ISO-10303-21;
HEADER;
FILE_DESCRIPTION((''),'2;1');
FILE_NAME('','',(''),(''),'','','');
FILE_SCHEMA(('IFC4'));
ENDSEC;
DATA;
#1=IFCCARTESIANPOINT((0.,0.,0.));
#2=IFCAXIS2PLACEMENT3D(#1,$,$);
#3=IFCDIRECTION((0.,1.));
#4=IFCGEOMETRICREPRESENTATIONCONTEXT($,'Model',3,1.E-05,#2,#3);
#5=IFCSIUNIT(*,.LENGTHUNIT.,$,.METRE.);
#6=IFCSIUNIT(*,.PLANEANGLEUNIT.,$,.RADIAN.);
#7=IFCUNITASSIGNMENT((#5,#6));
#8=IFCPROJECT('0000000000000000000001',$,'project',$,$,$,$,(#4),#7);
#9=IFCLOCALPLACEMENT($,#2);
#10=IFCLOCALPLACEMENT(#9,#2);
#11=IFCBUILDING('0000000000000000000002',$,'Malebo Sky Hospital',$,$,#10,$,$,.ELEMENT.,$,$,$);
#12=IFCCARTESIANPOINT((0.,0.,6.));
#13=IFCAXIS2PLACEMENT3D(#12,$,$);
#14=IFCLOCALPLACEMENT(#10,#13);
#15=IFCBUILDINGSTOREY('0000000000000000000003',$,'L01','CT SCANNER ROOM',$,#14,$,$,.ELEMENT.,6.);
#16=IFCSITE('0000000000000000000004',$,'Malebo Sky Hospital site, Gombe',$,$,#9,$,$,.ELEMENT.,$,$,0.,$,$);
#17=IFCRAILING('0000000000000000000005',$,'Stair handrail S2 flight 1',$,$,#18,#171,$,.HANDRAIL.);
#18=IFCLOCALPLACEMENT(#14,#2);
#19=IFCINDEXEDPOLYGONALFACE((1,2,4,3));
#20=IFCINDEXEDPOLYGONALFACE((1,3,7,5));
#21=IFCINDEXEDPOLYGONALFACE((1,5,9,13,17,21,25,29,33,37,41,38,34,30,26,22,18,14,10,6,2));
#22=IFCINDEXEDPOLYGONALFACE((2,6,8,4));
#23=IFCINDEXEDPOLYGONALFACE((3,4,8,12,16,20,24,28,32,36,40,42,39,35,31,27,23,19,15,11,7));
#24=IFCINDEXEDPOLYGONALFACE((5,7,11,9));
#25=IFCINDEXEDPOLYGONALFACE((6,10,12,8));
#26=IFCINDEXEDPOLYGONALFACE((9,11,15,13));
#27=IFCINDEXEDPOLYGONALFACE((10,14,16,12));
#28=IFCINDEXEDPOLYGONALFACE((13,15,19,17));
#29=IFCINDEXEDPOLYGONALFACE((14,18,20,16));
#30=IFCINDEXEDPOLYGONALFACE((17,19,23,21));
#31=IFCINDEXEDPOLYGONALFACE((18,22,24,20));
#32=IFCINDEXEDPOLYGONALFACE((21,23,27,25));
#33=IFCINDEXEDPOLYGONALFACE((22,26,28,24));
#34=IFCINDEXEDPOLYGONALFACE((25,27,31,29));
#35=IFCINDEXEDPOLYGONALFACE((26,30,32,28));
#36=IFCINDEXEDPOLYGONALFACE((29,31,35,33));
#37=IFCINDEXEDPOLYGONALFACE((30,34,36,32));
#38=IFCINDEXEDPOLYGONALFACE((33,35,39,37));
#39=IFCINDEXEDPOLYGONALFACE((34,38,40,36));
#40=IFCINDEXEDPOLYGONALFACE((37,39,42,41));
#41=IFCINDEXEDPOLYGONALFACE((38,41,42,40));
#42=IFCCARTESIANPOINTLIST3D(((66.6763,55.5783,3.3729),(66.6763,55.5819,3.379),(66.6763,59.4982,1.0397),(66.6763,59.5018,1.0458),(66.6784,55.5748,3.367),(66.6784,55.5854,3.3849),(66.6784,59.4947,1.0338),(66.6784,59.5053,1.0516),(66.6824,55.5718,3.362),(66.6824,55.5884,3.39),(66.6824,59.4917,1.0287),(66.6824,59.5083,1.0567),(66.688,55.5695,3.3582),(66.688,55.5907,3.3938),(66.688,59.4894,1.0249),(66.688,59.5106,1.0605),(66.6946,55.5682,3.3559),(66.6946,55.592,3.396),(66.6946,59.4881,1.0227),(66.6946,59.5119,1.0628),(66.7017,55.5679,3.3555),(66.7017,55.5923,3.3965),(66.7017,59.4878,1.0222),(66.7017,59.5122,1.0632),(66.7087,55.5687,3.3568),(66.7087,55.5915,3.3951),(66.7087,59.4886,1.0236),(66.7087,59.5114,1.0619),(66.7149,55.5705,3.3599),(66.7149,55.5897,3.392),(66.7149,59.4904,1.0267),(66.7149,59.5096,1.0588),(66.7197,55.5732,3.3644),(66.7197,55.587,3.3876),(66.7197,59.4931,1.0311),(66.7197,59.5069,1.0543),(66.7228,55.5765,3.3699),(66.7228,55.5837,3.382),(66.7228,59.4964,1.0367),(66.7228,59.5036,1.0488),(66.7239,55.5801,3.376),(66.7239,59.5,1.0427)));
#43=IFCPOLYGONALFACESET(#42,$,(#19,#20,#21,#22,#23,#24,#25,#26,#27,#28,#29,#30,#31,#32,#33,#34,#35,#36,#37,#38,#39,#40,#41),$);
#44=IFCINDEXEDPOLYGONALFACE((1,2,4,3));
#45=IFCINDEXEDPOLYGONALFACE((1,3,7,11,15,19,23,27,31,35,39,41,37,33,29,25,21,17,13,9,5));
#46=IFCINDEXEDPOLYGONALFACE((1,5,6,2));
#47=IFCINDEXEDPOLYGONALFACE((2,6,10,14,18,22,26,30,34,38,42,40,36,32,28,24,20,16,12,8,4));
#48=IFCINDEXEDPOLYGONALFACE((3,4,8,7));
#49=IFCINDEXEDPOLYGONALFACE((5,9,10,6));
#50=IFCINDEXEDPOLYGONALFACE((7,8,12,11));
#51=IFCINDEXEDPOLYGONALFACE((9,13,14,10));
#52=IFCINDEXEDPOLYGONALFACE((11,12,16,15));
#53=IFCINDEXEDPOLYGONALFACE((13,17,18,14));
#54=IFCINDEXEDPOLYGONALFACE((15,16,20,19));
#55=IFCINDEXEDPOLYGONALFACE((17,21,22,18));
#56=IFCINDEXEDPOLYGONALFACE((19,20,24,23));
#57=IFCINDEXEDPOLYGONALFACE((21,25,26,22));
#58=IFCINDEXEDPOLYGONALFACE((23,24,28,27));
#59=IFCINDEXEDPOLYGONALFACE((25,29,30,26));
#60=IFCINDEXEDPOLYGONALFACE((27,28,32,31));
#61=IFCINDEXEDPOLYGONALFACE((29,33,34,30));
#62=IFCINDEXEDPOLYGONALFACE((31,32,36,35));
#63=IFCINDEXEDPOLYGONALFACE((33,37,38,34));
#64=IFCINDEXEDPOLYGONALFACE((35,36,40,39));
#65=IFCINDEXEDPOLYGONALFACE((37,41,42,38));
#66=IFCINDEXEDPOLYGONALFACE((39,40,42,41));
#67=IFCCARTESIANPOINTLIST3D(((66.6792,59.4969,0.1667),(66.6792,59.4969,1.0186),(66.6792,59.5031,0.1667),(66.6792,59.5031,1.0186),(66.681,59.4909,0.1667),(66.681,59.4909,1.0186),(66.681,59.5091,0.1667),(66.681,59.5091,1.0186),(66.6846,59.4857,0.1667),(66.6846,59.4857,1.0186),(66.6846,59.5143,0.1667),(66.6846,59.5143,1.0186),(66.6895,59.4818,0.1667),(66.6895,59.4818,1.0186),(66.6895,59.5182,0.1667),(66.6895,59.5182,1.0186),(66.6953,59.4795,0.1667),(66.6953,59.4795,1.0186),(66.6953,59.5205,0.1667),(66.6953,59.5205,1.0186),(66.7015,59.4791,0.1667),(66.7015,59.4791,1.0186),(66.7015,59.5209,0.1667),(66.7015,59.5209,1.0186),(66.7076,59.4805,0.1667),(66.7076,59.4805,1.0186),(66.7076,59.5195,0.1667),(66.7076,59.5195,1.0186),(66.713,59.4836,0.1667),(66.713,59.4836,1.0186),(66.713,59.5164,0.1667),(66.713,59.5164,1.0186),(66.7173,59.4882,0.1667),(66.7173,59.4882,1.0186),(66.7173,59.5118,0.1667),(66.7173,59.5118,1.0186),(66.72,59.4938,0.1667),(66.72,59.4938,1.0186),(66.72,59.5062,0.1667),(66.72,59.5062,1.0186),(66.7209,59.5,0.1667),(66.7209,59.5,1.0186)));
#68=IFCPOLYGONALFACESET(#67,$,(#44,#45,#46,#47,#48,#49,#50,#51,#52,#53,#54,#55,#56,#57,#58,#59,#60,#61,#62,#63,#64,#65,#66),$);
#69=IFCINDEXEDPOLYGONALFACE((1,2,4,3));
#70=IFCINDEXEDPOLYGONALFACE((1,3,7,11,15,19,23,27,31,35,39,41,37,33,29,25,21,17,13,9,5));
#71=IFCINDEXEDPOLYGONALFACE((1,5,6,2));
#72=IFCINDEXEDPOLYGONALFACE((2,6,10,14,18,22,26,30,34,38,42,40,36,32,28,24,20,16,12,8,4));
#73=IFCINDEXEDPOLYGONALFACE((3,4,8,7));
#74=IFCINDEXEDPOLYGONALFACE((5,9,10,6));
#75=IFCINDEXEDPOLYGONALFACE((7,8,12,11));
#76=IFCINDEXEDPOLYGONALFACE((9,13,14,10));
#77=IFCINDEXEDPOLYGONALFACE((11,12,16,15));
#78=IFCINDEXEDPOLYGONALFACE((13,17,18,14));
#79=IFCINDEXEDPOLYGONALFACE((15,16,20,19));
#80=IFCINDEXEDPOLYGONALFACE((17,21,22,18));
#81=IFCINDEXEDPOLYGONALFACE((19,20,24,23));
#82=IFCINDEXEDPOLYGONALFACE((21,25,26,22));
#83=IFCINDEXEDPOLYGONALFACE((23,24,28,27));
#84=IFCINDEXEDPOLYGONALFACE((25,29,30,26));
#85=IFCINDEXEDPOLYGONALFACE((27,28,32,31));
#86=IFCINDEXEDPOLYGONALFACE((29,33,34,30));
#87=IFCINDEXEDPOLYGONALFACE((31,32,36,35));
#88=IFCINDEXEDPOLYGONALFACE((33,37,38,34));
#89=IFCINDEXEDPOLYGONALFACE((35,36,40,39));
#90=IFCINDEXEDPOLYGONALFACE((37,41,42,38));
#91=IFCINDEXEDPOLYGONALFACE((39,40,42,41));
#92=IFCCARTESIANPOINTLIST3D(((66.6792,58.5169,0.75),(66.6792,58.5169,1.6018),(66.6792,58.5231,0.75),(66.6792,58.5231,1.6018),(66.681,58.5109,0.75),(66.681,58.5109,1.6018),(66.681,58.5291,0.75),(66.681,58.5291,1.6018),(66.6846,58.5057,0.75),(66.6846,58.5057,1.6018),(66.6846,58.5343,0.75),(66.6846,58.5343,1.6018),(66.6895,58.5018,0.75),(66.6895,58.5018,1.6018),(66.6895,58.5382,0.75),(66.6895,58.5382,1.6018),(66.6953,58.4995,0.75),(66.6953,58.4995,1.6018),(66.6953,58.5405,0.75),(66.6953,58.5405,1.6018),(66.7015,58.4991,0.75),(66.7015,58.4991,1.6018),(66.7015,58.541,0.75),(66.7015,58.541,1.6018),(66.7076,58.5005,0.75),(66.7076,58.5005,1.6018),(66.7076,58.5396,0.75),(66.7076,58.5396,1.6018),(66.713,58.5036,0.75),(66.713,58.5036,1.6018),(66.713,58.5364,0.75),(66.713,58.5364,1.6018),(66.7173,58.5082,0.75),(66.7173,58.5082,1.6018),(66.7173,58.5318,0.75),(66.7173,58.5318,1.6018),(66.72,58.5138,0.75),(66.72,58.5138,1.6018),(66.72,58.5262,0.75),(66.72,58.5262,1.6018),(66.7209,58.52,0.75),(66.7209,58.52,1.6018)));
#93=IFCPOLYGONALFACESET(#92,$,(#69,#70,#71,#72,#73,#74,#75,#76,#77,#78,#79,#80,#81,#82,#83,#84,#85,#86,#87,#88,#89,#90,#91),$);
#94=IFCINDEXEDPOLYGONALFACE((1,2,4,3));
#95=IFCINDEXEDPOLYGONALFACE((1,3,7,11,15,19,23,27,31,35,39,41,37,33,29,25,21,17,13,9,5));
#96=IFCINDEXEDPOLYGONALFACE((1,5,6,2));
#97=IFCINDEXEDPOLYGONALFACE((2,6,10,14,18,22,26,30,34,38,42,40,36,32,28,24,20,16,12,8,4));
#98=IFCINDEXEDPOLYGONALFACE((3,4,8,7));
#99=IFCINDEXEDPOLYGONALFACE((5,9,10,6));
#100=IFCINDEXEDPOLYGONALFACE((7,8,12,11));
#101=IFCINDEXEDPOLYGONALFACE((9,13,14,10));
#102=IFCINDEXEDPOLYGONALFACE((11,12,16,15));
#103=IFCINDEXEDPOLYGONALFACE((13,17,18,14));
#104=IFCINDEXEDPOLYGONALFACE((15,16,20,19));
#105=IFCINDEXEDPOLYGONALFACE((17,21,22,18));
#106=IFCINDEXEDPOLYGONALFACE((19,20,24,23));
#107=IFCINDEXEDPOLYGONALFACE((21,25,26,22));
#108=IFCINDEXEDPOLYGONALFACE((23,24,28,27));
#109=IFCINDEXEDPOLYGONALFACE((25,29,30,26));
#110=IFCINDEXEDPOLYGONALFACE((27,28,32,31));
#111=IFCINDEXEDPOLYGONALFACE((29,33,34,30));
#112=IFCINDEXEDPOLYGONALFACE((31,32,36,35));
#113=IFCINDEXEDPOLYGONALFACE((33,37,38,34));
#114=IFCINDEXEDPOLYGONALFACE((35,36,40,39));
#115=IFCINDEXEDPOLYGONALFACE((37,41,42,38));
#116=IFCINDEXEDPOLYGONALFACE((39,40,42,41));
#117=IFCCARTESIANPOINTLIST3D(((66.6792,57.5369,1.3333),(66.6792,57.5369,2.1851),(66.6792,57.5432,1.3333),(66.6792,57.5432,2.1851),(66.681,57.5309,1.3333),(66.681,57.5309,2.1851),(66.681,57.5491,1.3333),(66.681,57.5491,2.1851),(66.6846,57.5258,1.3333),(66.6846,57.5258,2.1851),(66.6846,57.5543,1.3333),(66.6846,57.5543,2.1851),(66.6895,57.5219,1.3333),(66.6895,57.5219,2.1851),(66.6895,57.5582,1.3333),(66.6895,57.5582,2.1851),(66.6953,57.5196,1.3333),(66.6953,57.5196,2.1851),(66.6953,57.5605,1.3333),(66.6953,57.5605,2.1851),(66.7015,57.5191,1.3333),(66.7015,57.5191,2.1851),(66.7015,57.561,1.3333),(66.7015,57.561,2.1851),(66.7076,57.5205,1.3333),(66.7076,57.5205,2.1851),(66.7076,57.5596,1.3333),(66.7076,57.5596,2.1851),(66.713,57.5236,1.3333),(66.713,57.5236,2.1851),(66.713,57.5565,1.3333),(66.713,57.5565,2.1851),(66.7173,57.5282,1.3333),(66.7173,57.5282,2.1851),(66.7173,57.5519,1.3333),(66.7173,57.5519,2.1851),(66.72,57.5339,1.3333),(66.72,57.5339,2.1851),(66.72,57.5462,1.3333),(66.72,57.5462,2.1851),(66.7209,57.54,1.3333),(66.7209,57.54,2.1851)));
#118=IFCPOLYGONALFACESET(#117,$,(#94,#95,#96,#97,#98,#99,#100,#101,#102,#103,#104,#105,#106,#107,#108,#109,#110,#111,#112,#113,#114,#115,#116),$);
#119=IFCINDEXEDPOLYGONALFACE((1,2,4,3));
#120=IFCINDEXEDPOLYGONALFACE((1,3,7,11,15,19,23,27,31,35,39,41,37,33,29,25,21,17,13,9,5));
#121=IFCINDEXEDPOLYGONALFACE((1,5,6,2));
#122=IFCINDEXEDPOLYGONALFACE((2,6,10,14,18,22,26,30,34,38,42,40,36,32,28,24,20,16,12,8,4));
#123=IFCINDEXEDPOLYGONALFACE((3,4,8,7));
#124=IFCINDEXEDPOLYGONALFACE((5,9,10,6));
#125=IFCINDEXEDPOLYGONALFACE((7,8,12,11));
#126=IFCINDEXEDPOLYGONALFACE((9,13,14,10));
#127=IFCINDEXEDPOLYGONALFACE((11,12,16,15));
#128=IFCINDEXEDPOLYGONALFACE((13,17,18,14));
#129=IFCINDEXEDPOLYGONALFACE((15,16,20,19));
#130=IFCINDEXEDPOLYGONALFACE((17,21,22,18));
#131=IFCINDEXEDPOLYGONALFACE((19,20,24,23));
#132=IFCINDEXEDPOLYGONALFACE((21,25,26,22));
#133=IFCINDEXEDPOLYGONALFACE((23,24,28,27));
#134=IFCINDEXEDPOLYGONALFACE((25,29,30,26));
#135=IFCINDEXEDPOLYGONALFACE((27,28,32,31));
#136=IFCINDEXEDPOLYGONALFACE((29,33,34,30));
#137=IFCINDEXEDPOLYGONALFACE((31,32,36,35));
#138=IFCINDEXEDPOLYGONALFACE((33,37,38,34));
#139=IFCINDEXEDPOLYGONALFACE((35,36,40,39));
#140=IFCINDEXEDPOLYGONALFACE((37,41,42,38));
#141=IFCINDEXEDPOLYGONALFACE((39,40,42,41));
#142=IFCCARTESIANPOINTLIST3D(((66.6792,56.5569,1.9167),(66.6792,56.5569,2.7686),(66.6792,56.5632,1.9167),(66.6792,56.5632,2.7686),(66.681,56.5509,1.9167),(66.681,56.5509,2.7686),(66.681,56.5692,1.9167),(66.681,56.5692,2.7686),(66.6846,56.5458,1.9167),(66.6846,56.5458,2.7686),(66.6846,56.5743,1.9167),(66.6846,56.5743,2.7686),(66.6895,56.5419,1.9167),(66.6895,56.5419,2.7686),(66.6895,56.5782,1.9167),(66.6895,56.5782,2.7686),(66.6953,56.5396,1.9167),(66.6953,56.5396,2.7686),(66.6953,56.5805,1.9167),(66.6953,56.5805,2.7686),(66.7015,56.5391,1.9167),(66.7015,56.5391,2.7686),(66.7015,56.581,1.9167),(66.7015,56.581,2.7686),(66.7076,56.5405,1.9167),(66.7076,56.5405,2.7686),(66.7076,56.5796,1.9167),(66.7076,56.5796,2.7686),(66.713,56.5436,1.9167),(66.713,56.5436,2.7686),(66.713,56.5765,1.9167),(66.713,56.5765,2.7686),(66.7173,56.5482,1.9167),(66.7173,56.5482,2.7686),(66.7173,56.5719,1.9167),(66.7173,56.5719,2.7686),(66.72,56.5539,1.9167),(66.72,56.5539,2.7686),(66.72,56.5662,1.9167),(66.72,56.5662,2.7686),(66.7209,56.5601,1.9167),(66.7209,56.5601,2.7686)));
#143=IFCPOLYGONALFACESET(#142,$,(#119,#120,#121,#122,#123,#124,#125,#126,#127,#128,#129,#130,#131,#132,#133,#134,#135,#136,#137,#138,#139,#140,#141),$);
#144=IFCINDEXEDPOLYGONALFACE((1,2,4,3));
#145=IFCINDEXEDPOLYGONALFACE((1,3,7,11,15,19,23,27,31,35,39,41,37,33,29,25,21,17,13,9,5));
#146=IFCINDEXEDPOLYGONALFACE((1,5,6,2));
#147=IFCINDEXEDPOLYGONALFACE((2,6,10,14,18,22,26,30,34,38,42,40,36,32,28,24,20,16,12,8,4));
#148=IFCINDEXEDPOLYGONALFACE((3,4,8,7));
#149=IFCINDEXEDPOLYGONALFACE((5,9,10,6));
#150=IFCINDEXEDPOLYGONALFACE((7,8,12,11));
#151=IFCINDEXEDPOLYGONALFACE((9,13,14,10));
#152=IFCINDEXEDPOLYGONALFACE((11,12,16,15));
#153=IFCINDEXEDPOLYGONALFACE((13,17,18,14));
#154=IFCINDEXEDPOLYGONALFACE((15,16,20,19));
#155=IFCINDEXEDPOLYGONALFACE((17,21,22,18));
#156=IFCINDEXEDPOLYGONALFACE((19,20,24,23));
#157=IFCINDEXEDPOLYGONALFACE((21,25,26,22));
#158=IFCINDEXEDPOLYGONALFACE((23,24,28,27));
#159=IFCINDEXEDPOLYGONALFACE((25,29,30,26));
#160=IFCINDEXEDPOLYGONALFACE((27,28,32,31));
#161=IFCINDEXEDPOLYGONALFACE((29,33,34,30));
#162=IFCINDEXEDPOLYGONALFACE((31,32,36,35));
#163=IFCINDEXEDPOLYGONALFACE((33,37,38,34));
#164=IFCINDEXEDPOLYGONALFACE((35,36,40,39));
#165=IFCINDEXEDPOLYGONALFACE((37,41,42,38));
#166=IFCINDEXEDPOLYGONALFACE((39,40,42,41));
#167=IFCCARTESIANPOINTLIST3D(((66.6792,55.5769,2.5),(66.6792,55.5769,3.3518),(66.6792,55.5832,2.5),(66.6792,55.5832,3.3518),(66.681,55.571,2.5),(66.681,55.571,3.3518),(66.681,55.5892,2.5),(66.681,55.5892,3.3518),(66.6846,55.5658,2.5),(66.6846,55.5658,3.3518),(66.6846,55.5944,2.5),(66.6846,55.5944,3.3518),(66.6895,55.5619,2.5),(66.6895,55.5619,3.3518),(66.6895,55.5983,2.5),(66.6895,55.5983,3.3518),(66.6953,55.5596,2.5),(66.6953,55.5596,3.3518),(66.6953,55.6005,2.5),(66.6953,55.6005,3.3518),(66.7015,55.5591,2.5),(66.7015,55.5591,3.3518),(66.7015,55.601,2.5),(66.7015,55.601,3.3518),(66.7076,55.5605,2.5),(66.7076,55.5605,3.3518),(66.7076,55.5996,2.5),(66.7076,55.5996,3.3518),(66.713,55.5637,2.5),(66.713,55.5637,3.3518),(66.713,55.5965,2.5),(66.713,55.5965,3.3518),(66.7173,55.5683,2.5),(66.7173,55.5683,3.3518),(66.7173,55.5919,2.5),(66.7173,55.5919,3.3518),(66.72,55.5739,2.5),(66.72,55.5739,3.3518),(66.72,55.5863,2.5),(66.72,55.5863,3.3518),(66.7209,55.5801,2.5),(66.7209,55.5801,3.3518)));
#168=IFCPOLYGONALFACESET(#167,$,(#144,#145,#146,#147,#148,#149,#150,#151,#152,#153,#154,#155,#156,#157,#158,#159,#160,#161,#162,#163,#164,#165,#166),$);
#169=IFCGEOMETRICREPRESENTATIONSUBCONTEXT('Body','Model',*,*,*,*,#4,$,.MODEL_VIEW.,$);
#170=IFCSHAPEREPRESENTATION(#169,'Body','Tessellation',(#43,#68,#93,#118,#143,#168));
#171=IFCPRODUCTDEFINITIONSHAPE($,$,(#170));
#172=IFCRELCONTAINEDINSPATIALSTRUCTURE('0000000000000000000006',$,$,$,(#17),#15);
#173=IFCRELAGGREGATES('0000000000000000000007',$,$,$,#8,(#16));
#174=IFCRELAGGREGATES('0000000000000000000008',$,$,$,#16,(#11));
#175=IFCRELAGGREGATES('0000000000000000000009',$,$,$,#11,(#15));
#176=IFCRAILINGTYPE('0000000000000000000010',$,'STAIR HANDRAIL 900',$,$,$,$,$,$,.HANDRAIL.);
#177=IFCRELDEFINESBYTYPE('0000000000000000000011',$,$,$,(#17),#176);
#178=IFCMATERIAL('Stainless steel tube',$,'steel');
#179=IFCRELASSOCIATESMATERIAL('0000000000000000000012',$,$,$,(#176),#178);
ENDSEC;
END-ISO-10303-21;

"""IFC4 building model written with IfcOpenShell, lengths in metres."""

from ifc_helpers import new_model, si_unit, direction, frame, origin, origin_2d, place, context, subcontext, project, spatial, circle, extrude, material, type_object, element, save


model = new_model("IFC4")

# Units and contexts
model_context = context("Model", 3, precision=1e-05, world=origin(), true_north=direction((0.0, 1.0)))
body_context = subcontext(model_context, "Body", "Model", "MODEL_VIEW")
ifc_project = project(units=[si_unit("LENGTHUNIT", "METRE"), si_unit("PLANEANGLEUNIT", "RADIAN")], contexts=[model_context])

# Site, building, storey
site_placement = place(None, origin())
site = spatial("IfcSite", under=ifc_project, at=site_placement, Name="Malebo Sky Hospital site, Gombe", CompositionType="ELEMENT", RefElevation=0.0)
building_placement = place(site_placement, origin())
building = spatial("IfcBuilding", under=site, at=building_placement, Name="Malebo Sky Hospital", CompositionType="ELEMENT")
storey_placement = place(building_placement, frame((0.0, 0.0, 6.0)))
storey = spatial("IfcBuildingStorey", under=building, at=storey_placement, Name="L01", Description="CT SCANNER ROOM", CompositionType="ELEMENT", Elevation=6.0)

# Railing
ifc_material_1 = material(Name="Stainless steel tube", Category="steel")
railing_type = type_object("IfcRailingType", Name="STAIR HANDRAIL 900", PredefinedType="HANDRAIL", material=ifc_material_1)
railing_1_placement = place(storey_placement, frame((66.7, 59.5, 0.1667)))
element("IfcRailing", 1, at=railing_1_placement, inside=storey, type_object=railing_type, Name="Stair handrail S2 flight 1", PredefinedType="HANDRAIL", context=body_context, shape_type="SweptSolid", body=[
    extrude(circle(Radius=0.0239, at=origin_2d()), frame((0.0, 0.0, 0.876), z_axis=(0.0, -0.859296, 0.511478), x_axis=(1.0, 0.0, 0.0)), (0.0, 0.0, 1.0), 4.5618),
    extrude(circle(Radius=0.021, at=origin_2d()), origin(), (0.0, 0.0, 1.0), 0.8518),
    extrude(circle(Radius=0.021, at=origin_2d()), frame((0.0, -0.98, 0.5833)), (0.0, 0.0, 1.0), 0.8518),
    extrude(circle(Radius=0.021, at=origin_2d()), frame((0.0, -1.96, 1.1665)), (0.0, 0.0, 1.0), 0.8518),
    extrude(circle(Radius=0.021, at=origin_2d()), frame((0.0, -2.9399, 1.75)), (0.0, 0.0, 1.0), 0.8518),
    extrude(circle(Radius=0.021, at=origin_2d()), frame((0.0, -3.9199, 2.3333)), (0.0, 0.0, 1.0), 0.8518),
])

save(model, "model.ifc")
